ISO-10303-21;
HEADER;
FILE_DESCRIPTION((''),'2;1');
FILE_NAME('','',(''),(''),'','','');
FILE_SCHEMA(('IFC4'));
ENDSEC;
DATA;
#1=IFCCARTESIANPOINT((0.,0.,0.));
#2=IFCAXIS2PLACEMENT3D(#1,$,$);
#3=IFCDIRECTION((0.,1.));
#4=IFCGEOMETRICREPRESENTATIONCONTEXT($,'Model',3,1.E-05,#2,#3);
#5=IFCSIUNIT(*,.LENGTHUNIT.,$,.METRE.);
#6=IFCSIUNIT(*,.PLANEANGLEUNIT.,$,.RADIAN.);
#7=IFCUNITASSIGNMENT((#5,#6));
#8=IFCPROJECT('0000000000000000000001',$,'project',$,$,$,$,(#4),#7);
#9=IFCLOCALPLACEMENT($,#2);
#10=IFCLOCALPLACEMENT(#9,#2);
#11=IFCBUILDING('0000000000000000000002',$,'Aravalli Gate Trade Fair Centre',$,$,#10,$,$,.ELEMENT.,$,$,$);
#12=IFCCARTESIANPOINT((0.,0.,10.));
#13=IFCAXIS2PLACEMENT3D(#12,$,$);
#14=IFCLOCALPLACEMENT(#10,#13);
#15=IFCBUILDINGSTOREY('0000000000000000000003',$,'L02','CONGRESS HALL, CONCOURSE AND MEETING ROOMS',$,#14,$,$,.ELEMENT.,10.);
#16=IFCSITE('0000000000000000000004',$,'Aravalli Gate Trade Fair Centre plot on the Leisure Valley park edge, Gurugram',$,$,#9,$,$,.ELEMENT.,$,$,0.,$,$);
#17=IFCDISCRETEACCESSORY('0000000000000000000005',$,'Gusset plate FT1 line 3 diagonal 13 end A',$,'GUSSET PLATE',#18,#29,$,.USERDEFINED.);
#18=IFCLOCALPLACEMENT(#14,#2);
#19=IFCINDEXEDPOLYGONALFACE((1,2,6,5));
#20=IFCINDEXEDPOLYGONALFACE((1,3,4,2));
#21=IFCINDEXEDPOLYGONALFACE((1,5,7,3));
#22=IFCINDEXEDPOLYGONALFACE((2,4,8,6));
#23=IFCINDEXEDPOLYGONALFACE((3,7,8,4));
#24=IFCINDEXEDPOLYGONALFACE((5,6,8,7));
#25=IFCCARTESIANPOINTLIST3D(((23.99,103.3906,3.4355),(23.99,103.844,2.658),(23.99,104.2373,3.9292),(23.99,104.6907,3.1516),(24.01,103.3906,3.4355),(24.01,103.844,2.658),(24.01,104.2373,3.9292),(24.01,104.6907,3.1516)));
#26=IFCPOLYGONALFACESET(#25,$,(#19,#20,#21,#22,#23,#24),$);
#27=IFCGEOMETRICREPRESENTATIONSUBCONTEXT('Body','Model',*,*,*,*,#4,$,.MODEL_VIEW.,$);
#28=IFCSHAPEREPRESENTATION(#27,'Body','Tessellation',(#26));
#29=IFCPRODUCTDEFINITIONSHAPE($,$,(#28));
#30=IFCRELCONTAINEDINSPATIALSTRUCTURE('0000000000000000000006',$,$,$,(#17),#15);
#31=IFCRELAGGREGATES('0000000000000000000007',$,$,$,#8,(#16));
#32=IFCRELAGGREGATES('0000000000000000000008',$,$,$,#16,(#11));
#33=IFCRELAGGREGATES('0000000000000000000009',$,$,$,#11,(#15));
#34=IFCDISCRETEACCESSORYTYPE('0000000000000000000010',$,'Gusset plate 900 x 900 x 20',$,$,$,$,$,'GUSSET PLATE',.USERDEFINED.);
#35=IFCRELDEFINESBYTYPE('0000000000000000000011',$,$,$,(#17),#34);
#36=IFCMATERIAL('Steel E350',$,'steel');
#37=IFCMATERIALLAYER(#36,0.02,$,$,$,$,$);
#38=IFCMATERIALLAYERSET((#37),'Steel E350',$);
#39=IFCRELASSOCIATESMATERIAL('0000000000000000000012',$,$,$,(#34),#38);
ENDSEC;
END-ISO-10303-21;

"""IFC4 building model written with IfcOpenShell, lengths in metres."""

from ifc_helpers import new_model, si_unit, direction, frame, origin, place, context, subcontext, project, spatial, polyline, outline, extrude, material, layer, layer_set, type_object, element, save


model = new_model("IFC4")

# Units and contexts
model_context = context("Model", 3, precision=1e-05, world=origin(), true_north=direction((0.0, 1.0)))
body_context = subcontext(model_context, "Body", "Model", "MODEL_VIEW")
ifc_project = project(units=[si_unit("LENGTHUNIT", "METRE"), si_unit("PLANEANGLEUNIT", "RADIAN")], contexts=[model_context])

# Site, building, storey
site_placement = place(None, origin())
site = spatial("IfcSite", under=ifc_project, at=site_placement, Name="Aravalli Gate Trade Fair Centre plot on the Leisure Valley park edge, Gurugram", CompositionType="ELEMENT", RefElevation=0.0)
building_placement = place(site_placement, origin())
building = spatial("IfcBuilding", under=site, at=building_placement, Name="Aravalli Gate Trade Fair Centre", CompositionType="ELEMENT")
storey_placement = place(building_placement, frame((0.0, 0.0, 10.0)))
storey = spatial("IfcBuildingStorey", under=building, at=storey_placement, Name="L02", Description="CONGRESS HALL, CONCOURSE AND MEETING ROOMS", CompositionType="ELEMENT", Elevation=10.0)

# Shared definitions
ifc_material_1 = material(Name="Steel E350", Category="steel")

# Discrete accessory
ifc_layer_1 = layer(ifc_material_1, 0.02)
ifc_layer_set_1 = layer_set([ifc_layer_1], Name="Steel E350")
discrete_accessory_type = type_object("IfcDiscreteAccessoryType", Name="Gusset plate 900 x 900 x 20", ElementType="GUSSET PLATE", PredefinedType="USERDEFINED", material=ifc_layer_set_1)
for number, where, z_axis, x_axis, name in (
    (1, (23.99, 103.3906, 3.4355), (-1.0, 0.0, 0.0), (0.0, 0.863887, 0.503685), "Gusset plate FT1 line 3 diagonal 13 end A"),
):
    element("IfcDiscreteAccessory", number, at=place(storey_placement, frame(where, z_axis=z_axis, x_axis=x_axis)), inside=storey, type_object=discrete_accessory_type, Name=name, ObjectType="GUSSET PLATE", PredefinedType="USERDEFINED", context=body_context, shape_type="SweptSolid", body=[
        extrude(outline(polyline([(0.0, 0.0), (0.9801, 0.0), (0.9801, 0.9001), (0.0, 0.9001), (0.0, 0.0)])), origin(), (0.0, 0.0, -1.0), 0.02),
    ])

save(model, "model.ifc")
